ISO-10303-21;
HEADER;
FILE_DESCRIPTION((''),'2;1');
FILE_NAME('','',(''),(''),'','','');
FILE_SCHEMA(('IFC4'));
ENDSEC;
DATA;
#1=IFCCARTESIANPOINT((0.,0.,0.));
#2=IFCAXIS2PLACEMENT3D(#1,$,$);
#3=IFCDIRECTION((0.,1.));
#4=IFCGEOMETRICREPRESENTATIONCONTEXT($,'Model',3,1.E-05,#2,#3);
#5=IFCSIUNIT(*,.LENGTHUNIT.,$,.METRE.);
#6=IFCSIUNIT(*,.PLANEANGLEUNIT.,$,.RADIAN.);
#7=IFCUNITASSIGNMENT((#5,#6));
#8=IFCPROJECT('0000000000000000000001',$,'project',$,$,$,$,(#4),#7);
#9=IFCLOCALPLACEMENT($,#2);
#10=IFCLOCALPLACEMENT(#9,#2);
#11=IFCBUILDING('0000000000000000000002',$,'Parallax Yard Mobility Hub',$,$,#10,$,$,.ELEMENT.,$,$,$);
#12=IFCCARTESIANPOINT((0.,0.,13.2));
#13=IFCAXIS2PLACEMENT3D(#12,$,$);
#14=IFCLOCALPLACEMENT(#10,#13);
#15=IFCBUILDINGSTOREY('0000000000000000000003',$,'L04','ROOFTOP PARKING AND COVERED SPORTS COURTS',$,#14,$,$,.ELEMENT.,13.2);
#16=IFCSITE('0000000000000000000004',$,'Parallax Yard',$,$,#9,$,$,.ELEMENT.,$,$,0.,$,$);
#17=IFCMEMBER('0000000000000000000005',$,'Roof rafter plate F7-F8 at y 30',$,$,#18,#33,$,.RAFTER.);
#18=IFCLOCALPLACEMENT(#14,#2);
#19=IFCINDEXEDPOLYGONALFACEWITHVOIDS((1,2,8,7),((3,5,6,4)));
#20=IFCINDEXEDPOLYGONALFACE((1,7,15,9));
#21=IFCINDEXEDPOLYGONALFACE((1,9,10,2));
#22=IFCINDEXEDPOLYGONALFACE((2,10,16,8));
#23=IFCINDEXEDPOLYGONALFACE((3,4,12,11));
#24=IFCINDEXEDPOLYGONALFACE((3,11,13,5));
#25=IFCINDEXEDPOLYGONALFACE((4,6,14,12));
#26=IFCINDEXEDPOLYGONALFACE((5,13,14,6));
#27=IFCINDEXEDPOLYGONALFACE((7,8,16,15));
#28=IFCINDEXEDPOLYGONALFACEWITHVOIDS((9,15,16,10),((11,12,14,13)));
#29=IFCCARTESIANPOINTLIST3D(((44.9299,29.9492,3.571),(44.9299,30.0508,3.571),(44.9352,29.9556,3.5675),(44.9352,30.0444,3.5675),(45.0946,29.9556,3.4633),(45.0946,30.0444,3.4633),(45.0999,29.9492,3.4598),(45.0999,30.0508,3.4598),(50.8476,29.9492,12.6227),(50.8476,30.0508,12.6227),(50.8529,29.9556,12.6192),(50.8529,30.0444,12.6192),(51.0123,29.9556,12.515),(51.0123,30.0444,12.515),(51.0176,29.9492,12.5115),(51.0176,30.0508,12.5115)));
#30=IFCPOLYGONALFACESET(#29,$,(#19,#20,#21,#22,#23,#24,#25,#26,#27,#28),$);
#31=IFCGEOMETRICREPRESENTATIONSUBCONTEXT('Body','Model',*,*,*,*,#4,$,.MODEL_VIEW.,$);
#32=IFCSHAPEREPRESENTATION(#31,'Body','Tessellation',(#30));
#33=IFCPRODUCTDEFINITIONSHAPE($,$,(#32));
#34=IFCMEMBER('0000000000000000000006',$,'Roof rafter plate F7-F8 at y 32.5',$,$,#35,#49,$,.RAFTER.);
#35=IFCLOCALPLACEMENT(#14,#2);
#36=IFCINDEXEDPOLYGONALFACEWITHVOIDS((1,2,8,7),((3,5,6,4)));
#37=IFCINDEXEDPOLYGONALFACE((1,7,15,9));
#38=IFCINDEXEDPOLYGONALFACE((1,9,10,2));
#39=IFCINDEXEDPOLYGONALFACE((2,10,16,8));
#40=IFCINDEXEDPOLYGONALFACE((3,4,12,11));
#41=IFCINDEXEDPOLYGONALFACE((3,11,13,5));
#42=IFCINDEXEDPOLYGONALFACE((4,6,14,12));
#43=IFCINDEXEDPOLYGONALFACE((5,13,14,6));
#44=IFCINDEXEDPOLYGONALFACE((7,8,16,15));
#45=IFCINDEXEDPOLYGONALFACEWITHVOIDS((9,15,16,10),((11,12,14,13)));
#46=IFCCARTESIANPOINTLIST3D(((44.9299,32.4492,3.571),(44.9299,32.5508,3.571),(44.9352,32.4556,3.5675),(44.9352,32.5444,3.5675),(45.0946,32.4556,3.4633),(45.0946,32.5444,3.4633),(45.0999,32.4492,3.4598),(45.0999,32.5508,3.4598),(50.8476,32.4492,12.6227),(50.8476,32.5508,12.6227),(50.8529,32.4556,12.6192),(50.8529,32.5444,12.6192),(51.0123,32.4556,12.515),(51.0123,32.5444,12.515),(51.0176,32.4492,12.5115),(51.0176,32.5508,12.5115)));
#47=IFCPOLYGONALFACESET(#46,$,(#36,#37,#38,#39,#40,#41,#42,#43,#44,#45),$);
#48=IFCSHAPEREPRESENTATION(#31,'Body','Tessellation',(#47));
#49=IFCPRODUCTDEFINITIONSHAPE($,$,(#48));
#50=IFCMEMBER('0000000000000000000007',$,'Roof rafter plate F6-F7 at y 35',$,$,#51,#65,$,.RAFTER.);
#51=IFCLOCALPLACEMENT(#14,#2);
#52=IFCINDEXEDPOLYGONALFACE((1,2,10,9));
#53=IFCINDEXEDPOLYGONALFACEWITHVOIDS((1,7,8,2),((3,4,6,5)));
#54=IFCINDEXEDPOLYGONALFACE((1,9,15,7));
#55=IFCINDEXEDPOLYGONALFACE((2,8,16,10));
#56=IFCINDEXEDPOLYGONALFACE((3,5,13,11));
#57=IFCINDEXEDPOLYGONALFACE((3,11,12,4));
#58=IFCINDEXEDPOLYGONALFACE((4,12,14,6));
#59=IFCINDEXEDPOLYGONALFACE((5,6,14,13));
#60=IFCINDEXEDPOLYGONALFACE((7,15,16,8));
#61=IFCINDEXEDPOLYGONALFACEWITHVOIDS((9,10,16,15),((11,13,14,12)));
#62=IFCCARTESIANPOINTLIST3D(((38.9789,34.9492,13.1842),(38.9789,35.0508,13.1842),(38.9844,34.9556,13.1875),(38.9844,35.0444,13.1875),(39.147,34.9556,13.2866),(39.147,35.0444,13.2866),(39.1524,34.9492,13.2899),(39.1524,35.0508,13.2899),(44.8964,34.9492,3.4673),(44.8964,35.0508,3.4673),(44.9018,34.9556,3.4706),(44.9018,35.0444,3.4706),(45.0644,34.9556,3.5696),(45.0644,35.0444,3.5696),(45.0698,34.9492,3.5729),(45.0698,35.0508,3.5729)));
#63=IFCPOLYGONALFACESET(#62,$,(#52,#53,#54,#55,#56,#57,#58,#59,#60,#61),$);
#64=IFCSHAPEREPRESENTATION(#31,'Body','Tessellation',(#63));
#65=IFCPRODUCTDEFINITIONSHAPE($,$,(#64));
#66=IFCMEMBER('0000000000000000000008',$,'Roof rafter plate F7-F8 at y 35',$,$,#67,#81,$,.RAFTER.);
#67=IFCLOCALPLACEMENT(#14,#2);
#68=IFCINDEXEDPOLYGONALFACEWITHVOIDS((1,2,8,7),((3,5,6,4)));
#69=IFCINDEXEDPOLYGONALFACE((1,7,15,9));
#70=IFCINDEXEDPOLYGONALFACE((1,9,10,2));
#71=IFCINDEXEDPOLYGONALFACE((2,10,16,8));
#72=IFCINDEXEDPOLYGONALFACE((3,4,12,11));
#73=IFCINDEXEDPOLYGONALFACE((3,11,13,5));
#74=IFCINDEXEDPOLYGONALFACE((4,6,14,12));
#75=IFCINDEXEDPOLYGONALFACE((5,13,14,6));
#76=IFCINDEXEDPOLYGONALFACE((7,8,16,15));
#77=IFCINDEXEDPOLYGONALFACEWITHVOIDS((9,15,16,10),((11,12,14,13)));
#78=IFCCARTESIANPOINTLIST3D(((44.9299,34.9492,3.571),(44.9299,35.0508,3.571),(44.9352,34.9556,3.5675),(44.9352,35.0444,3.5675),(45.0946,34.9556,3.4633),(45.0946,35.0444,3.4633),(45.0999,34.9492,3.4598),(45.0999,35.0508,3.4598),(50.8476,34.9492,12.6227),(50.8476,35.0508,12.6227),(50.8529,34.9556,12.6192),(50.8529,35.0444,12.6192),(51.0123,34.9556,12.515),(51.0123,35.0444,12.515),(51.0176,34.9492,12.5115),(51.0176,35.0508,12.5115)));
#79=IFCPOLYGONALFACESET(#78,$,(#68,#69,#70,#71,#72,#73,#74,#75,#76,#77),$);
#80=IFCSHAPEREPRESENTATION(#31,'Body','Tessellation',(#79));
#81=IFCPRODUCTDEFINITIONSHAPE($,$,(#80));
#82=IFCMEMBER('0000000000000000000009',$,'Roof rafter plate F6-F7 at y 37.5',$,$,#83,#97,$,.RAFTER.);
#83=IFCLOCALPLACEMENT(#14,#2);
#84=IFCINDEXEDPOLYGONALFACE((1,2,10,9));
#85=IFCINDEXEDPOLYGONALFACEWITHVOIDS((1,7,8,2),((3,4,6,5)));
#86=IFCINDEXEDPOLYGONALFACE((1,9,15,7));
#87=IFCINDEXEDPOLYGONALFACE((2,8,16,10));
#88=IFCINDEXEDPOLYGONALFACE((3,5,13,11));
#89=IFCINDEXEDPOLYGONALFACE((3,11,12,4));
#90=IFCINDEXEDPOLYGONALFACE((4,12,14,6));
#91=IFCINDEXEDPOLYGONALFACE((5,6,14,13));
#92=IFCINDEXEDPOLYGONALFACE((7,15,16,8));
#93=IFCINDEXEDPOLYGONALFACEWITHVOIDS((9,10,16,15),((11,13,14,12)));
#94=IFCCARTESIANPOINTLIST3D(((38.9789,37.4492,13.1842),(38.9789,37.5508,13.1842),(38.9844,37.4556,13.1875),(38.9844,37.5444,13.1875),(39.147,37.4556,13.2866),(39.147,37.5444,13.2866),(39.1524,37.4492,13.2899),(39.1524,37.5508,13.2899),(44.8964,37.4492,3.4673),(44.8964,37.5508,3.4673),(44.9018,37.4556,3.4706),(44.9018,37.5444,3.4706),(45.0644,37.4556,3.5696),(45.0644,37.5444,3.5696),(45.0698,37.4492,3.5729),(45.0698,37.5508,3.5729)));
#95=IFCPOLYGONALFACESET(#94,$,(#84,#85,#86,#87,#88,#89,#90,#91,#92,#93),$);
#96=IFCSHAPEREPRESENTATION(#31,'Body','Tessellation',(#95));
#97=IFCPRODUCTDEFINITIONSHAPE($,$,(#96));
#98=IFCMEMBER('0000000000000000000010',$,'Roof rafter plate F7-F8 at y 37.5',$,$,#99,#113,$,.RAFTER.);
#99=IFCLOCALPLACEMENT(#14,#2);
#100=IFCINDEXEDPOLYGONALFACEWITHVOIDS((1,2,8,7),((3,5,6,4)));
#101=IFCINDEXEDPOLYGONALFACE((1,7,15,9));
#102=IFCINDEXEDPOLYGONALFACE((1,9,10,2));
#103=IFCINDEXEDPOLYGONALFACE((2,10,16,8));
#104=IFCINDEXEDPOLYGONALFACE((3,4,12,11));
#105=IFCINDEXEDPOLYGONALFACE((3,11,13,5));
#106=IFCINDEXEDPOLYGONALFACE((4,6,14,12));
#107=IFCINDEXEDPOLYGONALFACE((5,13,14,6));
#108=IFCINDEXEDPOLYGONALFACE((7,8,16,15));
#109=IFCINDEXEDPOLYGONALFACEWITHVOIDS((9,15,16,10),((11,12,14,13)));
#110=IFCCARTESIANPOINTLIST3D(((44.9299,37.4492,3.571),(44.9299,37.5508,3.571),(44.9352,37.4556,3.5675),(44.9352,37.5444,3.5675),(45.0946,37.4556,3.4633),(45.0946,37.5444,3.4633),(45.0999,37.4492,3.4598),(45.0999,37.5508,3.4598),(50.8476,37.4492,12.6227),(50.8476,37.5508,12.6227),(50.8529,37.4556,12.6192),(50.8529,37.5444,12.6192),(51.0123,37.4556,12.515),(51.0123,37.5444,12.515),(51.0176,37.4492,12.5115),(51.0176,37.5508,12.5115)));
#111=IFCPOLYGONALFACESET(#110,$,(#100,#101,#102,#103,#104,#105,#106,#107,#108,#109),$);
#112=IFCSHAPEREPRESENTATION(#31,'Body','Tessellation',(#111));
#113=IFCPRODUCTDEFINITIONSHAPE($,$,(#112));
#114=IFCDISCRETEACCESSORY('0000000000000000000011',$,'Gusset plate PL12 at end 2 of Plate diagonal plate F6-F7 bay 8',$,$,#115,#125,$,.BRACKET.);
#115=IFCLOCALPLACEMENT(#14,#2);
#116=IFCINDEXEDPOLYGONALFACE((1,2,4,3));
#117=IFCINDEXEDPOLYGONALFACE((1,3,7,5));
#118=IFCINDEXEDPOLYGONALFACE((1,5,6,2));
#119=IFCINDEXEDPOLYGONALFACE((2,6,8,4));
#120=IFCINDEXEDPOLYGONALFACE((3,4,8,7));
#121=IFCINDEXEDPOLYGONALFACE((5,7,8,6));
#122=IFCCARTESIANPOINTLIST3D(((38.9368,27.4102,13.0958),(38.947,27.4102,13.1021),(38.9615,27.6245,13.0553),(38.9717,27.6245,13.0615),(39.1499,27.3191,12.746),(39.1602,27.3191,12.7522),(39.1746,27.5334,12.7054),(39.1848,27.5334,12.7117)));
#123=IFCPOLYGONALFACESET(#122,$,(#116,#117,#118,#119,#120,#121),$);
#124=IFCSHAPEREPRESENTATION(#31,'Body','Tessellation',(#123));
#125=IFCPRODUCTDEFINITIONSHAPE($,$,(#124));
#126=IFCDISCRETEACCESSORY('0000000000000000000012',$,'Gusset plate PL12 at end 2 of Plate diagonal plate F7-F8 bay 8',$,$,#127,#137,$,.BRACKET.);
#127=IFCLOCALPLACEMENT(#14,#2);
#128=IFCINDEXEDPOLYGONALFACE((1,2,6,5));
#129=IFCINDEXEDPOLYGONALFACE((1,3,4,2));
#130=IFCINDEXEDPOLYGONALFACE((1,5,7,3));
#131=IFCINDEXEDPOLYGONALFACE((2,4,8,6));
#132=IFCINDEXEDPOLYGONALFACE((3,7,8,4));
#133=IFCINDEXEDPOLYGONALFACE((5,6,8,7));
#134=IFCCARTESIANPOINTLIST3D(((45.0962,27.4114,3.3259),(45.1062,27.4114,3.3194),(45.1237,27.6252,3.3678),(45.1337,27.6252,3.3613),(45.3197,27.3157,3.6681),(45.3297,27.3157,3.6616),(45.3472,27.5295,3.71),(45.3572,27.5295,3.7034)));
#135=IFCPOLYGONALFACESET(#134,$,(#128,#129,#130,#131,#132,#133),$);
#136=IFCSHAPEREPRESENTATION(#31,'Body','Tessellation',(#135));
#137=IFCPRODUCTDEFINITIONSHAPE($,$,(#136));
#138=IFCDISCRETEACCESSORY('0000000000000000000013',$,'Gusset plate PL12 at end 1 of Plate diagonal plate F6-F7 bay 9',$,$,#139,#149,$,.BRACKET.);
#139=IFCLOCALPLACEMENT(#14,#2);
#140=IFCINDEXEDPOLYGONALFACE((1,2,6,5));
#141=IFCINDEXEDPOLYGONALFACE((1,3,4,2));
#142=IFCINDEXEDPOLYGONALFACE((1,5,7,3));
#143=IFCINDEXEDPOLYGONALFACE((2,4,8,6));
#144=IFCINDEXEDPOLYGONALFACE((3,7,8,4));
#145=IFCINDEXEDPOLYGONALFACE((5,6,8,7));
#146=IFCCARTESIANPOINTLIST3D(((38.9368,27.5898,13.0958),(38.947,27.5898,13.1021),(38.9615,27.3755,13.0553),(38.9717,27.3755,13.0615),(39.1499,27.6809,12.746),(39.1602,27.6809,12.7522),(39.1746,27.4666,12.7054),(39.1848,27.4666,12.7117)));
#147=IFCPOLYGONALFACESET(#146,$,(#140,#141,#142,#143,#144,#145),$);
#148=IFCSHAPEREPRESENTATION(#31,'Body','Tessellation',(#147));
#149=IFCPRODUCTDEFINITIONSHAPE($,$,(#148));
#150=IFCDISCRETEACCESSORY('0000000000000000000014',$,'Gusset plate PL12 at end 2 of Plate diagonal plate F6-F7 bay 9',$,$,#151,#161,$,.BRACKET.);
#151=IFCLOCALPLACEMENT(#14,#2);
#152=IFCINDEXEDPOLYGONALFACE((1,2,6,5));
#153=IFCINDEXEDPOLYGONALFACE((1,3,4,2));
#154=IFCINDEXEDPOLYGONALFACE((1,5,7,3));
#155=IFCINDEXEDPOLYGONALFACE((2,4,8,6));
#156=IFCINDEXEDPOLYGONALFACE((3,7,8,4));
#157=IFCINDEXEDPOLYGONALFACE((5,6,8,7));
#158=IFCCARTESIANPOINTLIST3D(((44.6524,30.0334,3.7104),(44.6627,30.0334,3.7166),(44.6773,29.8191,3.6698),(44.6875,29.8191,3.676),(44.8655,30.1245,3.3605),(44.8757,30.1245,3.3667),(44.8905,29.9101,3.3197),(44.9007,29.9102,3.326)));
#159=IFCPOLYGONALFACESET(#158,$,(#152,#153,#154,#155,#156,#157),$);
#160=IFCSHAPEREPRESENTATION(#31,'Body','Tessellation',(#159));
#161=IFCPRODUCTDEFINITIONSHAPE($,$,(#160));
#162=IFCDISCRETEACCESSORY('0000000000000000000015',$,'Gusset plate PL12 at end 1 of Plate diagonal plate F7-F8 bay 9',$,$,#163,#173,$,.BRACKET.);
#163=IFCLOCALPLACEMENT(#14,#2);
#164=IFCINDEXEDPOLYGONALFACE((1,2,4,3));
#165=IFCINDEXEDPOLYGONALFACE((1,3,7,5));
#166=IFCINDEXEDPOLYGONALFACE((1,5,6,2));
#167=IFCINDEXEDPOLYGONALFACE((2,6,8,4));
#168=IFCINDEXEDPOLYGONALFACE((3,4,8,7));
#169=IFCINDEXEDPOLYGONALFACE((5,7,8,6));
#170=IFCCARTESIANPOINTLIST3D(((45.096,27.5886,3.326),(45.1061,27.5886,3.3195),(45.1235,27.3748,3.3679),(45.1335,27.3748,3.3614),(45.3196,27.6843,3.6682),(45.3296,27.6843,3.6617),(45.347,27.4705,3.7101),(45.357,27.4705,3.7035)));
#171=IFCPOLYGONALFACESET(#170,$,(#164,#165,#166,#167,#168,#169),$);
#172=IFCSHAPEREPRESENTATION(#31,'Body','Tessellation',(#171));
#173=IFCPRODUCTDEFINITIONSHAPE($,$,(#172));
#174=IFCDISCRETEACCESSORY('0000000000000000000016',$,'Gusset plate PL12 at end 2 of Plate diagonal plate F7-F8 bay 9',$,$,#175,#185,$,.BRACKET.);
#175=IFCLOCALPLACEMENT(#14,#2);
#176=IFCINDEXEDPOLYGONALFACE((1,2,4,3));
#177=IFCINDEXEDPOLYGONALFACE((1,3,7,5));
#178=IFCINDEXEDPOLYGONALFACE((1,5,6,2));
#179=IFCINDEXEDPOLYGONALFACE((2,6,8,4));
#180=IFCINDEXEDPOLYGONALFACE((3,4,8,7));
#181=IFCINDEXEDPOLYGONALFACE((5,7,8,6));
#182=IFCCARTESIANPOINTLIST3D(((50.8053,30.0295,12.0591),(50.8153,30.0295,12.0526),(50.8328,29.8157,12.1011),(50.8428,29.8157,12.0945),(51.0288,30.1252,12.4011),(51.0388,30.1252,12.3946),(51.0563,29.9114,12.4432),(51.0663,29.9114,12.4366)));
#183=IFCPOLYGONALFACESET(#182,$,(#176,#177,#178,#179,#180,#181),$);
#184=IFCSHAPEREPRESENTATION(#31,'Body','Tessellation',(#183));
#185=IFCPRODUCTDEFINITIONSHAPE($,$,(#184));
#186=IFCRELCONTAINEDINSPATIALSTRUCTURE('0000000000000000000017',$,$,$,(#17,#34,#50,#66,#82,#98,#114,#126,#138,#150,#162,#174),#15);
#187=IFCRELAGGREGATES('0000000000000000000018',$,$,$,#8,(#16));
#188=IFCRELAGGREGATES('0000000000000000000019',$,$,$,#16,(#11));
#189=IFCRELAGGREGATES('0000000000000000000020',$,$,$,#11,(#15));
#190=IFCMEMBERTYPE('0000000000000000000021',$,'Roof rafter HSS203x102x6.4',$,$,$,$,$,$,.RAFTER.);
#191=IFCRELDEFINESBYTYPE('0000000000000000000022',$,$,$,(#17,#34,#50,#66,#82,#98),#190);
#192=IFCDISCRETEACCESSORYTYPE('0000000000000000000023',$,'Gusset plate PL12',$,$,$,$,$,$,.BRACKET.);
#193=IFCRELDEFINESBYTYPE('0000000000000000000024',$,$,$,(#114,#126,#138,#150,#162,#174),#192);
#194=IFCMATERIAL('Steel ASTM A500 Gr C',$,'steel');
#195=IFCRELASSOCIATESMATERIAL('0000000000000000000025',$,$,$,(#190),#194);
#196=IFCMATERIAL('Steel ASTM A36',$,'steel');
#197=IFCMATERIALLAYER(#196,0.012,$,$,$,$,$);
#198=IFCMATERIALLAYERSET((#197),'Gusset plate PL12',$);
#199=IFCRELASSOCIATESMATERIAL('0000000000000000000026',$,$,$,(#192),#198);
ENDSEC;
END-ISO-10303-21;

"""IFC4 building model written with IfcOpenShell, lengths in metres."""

from ifc_helpers import new_model, si_unit, direction, frame, origin, origin_2d, place, context, subcontext, project, spatial, polyline, hollow_rectangle, outline, extrude, material, layer, layer_set, material_profile, profile_set, type_object, element, save


model = new_model("IFC4")

# Units and contexts
model_context = context("Model", 3, precision=1e-05, world=origin(), true_north=direction((0.0, 1.0)))
body_context = subcontext(model_context, "Body", "Model", "MODEL_VIEW")
ifc_project = project(units=[si_unit("LENGTHUNIT", "METRE"), si_unit("PLANEANGLEUNIT", "RADIAN")], contexts=[model_context])

# Site, building, storey
site_placement = place(None, origin())
site = spatial("IfcSite", under=ifc_project, at=site_placement, Name="Parallax Yard", CompositionType="ELEMENT", RefElevation=0.0)
building_placement = place(site_placement, origin())
building = spatial("IfcBuilding", under=site, at=building_placement, Name="Parallax Yard Mobility Hub", CompositionType="ELEMENT")
storey_placement = place(building_placement, frame((0.0, 0.0, 13.2)))
storey = spatial("IfcBuildingStorey", under=building, at=storey_placement, Name="L04", Description="ROOFTOP PARKING AND COVERED SPORTS COURTS", CompositionType="ELEMENT", Elevation=13.2)

# Members
ifc_material_1 = material(Name="Steel ASTM A500 Gr C", Category="steel")
ifc_material_profile_1 = material_profile(ifc_material_1, hollow_rectangle(XDim=0.1016, YDim=0.2031, WallThickness=0.0063, at=origin_2d()), Name="HSS203x102x6.4")
ifc_profile_set_1 = profile_set([ifc_material_profile_1], Name="Steel ASTM A500 Gr C")
member_type_1 = type_object("IfcMemberType", Name="Roof rafter HSS203x102x6.4", PredefinedType="RAFTER", material=ifc_profile_set_1)
for number, where, z_axis, x_axis, name in (
    (1, (45.0149, 30.0, 3.5154), (0.547202, 0.0, 0.837001), (0.0, 1.0, 0.0), "Roof rafter plate F7-F8 at y 30"),
    (2, (45.0149, 32.5, 3.5154), (0.547202, 0.0, 0.837001), (0.0, 1.0, 0.0), "Roof rafter plate F7-F8 at y 32.5"),
):
    element("IfcMember", number, at=place(storey_placement, frame(where, z_axis=z_axis, x_axis=x_axis)), inside=storey, type_object=member_type_1, Name=name, PredefinedType="RAFTER", context=body_context, shape_type="SweptSolid", body=[
        extrude(hollow_rectangle(XDim=0.1016, YDim=0.2031, WallThickness=0.0063, at=origin_2d()), origin(), (0.0, 0.0, 1.0), 10.8145),
    ])
member_1_placement = place(storey_placement, frame((39.0657, 35.0, 13.2371), z_axis=(0.520124, 0.0, -0.854091), x_axis=(0.0, 1.0, 0.0)))
element("IfcMember", 3, at=member_1_placement, inside=storey, type_object=member_type_1, Name="Roof rafter plate F6-F7 at y 35", PredefinedType="RAFTER", context=body_context, shape_type="SweptSolid", body=[
    extrude(hollow_rectangle(XDim=0.1016, YDim=0.2031, WallThickness=0.0063, at=origin_2d()), origin(), (0.0, 0.0, 1.0), 11.377),
])
member_2_placement = place(storey_placement, frame((45.0149, 35.0, 3.5154), z_axis=(0.547202, 0.0, 0.837001), x_axis=(0.0, 1.0, 0.0)))
element("IfcMember", 4, at=member_2_placement, inside=storey, type_object=member_type_1, Name="Roof rafter plate F7-F8 at y 35", PredefinedType="RAFTER", context=body_context, shape_type="SweptSolid", body=[
    extrude(hollow_rectangle(XDim=0.1016, YDim=0.2031, WallThickness=0.0063, at=origin_2d()), origin(), (0.0, 0.0, 1.0), 10.8145),
])
member_3_placement = place(storey_placement, frame((39.0657, 37.5, 13.2371), z_axis=(0.520124, 0.0, -0.854091), x_axis=(0.0, 1.0, 0.0)))
element("IfcMember", 5, at=member_3_placement, inside=storey, type_object=member_type_1, Name="Roof rafter plate F6-F7 at y 37.5", PredefinedType="RAFTER", context=body_context, shape_type="SweptSolid", body=[
    extrude(hollow_rectangle(XDim=0.1016, YDim=0.2031, WallThickness=0.0063, at=origin_2d()), origin(), (0.0, 0.0, 1.0), 11.377),
])
member_4_placement = place(storey_placement, frame((45.0149, 37.5, 3.5154), z_axis=(0.547202, 0.0, 0.837001), x_axis=(0.0, 1.0, 0.0)))
element("IfcMember", 6, at=member_4_placement, inside=storey, type_object=member_type_1, Name="Roof rafter plate F7-F8 at y 37.5", PredefinedType="RAFTER", context=body_context, shape_type="SweptSolid", body=[
    extrude(hollow_rectangle(XDim=0.1016, YDim=0.2031, WallThickness=0.0063, at=origin_2d()), origin(), (0.0, 0.0, 1.0), 10.8145),
])

# Discrete accessories
ifc_material_2 = material(Name="Steel ASTM A36", Category="steel")
ifc_layer = layer(ifc_material_2, 0.012)
ifc_layer_set = layer_set([ifc_layer], Name="Gusset plate PL12")
discrete_accessory_type = type_object("IfcDiscreteAccessoryType", Name="Gusset plate PL12", PredefinedType="BRACKET", material=ifc_layer_set)
discrete_accessory_1_placement = place(storey_placement, frame((39.1848, 27.5334, 12.7117), z_axis=(0.854017, 0.00012, 0.520246), x_axis=(-0.507872, 0.216994, 0.833654)))
element("IfcDiscreteAccessory", 7, at=discrete_accessory_1_placement, inside=storey, type_object=discrete_accessory_type, Name="Gusset plate PL12 at end 2 of Plate diagonal plate F6-F7 bay 8", PredefinedType="BRACKET", context=body_context, shape_type="SweptSolid", body=[
    extrude(outline(polyline([(0.0, 0.0), (0.4197, 0.0), (0.4195, 0.2195), (-0.0002, 0.2195), (0.0, 0.0)])), origin(), (0.0, 0.0, -1.0), 0.012),
])
discrete_accessory_2_placement = place(storey_placement, frame((45.3472, 27.5295, 3.71), z_axis=(-0.837152, 0.000427, 0.546971), x_axis=(-0.532481, 0.228018, -0.815152)))
element("IfcDiscreteAccessory", 8, at=discrete_accessory_2_placement, inside=storey, type_object=discrete_accessory_type, Name="Gusset plate PL12 at end 2 of Plate diagonal plate F7-F8 bay 8", PredefinedType="BRACKET", context=body_context, shape_type="SweptSolid", body=[
    extrude(outline(polyline([(0.0, 0.0), (0.4197, 0.0), (0.4197, 0.2197), (0.0, 0.2196), (0.0, 0.0)])), origin(), (0.0, 0.0, -1.0), 0.012),
])
discrete_accessory_3_placement = place(storey_placement, frame((39.1602, 27.6809, 12.7522), z_axis=(0.854017, -0.00012, 0.520246), x_axis=(-0.507872, -0.216994, 0.833654)))
element("IfcDiscreteAccessory", 9, at=discrete_accessory_3_placement, inside=storey, type_object=discrete_accessory_type, Name="Gusset plate PL12 at end 1 of Plate diagonal plate F6-F7 bay 9", PredefinedType="BRACKET", context=body_context, shape_type="SweptSolid", body=[
    extrude(outline(polyline([(0.0, 0.0), (0.4197, 0.0), (0.4199, 0.2195), (0.0002, 0.2195), (0.0, 0.0)])), origin(), (0.0, 0.0, -1.0), 0.012),
])
discrete_accessory_4_placement = place(storey_placement, frame((44.6875, 29.8191, 3.676), z_axis=(0.854019, 0.000558, 0.520242), x_axis=(0.507755, 0.216889, -0.833753)))
element("IfcDiscreteAccessory", 10, at=discrete_accessory_4_placement, inside=storey, type_object=discrete_accessory_type, Name="Gusset plate PL12 at end 2 of Plate diagonal plate F6-F7 bay 9", PredefinedType="BRACKET", context=body_context, shape_type="SweptSolid", body=[
    extrude(outline(polyline([(0.0, 0.0), (0.4199, 0.0), (0.4197, 0.2196), (0.0001, 0.2196), (0.0, 0.0)])), origin(), (0.0, 0.0, -1.0), 0.012),
])
discrete_accessory_5_placement = place(storey_placement, frame((45.3196, 27.6843, 3.6682), z_axis=(-0.837152, -0.000427, 0.546971), x_axis=(-0.532485, -0.227981, -0.815159)))
element("IfcDiscreteAccessory", 11, at=discrete_accessory_5_placement, inside=storey, type_object=discrete_accessory_type, Name="Gusset plate PL12 at end 1 of Plate diagonal plate F7-F8 bay 9", PredefinedType="BRACKET", context=body_context, shape_type="SweptSolid", body=[
    extrude(outline(polyline([(0.0, 0.0), (0.4198, 0.0), (0.4198, 0.2197), (0.0, 0.2196), (0.0, 0.0)])), origin(), (0.0, 0.0, -1.0), 0.012),
])
discrete_accessory_6_placement = place(storey_placement, frame((50.8328, 29.8157, 12.1011), z_axis=(-0.837105, -0.000095, 0.547043), x_axis=(0.532614, 0.228018, 0.815065)))
element("IfcDiscreteAccessory", 12, at=discrete_accessory_6_placement, inside=storey, type_object=discrete_accessory_type, Name="Gusset plate PL12 at end 2 of Plate diagonal plate F7-F8 bay 9", PredefinedType="BRACKET", context=body_context, shape_type="SweptSolid", body=[
    extrude(outline(polyline([(0.0, 0.0), (0.4197, 0.0), (0.4196, 0.2197), (0.0, 0.2197), (0.0, 0.0)])), origin(), (0.0, 0.0, -1.0), 0.012),
])

save(model, "model.ifc")
